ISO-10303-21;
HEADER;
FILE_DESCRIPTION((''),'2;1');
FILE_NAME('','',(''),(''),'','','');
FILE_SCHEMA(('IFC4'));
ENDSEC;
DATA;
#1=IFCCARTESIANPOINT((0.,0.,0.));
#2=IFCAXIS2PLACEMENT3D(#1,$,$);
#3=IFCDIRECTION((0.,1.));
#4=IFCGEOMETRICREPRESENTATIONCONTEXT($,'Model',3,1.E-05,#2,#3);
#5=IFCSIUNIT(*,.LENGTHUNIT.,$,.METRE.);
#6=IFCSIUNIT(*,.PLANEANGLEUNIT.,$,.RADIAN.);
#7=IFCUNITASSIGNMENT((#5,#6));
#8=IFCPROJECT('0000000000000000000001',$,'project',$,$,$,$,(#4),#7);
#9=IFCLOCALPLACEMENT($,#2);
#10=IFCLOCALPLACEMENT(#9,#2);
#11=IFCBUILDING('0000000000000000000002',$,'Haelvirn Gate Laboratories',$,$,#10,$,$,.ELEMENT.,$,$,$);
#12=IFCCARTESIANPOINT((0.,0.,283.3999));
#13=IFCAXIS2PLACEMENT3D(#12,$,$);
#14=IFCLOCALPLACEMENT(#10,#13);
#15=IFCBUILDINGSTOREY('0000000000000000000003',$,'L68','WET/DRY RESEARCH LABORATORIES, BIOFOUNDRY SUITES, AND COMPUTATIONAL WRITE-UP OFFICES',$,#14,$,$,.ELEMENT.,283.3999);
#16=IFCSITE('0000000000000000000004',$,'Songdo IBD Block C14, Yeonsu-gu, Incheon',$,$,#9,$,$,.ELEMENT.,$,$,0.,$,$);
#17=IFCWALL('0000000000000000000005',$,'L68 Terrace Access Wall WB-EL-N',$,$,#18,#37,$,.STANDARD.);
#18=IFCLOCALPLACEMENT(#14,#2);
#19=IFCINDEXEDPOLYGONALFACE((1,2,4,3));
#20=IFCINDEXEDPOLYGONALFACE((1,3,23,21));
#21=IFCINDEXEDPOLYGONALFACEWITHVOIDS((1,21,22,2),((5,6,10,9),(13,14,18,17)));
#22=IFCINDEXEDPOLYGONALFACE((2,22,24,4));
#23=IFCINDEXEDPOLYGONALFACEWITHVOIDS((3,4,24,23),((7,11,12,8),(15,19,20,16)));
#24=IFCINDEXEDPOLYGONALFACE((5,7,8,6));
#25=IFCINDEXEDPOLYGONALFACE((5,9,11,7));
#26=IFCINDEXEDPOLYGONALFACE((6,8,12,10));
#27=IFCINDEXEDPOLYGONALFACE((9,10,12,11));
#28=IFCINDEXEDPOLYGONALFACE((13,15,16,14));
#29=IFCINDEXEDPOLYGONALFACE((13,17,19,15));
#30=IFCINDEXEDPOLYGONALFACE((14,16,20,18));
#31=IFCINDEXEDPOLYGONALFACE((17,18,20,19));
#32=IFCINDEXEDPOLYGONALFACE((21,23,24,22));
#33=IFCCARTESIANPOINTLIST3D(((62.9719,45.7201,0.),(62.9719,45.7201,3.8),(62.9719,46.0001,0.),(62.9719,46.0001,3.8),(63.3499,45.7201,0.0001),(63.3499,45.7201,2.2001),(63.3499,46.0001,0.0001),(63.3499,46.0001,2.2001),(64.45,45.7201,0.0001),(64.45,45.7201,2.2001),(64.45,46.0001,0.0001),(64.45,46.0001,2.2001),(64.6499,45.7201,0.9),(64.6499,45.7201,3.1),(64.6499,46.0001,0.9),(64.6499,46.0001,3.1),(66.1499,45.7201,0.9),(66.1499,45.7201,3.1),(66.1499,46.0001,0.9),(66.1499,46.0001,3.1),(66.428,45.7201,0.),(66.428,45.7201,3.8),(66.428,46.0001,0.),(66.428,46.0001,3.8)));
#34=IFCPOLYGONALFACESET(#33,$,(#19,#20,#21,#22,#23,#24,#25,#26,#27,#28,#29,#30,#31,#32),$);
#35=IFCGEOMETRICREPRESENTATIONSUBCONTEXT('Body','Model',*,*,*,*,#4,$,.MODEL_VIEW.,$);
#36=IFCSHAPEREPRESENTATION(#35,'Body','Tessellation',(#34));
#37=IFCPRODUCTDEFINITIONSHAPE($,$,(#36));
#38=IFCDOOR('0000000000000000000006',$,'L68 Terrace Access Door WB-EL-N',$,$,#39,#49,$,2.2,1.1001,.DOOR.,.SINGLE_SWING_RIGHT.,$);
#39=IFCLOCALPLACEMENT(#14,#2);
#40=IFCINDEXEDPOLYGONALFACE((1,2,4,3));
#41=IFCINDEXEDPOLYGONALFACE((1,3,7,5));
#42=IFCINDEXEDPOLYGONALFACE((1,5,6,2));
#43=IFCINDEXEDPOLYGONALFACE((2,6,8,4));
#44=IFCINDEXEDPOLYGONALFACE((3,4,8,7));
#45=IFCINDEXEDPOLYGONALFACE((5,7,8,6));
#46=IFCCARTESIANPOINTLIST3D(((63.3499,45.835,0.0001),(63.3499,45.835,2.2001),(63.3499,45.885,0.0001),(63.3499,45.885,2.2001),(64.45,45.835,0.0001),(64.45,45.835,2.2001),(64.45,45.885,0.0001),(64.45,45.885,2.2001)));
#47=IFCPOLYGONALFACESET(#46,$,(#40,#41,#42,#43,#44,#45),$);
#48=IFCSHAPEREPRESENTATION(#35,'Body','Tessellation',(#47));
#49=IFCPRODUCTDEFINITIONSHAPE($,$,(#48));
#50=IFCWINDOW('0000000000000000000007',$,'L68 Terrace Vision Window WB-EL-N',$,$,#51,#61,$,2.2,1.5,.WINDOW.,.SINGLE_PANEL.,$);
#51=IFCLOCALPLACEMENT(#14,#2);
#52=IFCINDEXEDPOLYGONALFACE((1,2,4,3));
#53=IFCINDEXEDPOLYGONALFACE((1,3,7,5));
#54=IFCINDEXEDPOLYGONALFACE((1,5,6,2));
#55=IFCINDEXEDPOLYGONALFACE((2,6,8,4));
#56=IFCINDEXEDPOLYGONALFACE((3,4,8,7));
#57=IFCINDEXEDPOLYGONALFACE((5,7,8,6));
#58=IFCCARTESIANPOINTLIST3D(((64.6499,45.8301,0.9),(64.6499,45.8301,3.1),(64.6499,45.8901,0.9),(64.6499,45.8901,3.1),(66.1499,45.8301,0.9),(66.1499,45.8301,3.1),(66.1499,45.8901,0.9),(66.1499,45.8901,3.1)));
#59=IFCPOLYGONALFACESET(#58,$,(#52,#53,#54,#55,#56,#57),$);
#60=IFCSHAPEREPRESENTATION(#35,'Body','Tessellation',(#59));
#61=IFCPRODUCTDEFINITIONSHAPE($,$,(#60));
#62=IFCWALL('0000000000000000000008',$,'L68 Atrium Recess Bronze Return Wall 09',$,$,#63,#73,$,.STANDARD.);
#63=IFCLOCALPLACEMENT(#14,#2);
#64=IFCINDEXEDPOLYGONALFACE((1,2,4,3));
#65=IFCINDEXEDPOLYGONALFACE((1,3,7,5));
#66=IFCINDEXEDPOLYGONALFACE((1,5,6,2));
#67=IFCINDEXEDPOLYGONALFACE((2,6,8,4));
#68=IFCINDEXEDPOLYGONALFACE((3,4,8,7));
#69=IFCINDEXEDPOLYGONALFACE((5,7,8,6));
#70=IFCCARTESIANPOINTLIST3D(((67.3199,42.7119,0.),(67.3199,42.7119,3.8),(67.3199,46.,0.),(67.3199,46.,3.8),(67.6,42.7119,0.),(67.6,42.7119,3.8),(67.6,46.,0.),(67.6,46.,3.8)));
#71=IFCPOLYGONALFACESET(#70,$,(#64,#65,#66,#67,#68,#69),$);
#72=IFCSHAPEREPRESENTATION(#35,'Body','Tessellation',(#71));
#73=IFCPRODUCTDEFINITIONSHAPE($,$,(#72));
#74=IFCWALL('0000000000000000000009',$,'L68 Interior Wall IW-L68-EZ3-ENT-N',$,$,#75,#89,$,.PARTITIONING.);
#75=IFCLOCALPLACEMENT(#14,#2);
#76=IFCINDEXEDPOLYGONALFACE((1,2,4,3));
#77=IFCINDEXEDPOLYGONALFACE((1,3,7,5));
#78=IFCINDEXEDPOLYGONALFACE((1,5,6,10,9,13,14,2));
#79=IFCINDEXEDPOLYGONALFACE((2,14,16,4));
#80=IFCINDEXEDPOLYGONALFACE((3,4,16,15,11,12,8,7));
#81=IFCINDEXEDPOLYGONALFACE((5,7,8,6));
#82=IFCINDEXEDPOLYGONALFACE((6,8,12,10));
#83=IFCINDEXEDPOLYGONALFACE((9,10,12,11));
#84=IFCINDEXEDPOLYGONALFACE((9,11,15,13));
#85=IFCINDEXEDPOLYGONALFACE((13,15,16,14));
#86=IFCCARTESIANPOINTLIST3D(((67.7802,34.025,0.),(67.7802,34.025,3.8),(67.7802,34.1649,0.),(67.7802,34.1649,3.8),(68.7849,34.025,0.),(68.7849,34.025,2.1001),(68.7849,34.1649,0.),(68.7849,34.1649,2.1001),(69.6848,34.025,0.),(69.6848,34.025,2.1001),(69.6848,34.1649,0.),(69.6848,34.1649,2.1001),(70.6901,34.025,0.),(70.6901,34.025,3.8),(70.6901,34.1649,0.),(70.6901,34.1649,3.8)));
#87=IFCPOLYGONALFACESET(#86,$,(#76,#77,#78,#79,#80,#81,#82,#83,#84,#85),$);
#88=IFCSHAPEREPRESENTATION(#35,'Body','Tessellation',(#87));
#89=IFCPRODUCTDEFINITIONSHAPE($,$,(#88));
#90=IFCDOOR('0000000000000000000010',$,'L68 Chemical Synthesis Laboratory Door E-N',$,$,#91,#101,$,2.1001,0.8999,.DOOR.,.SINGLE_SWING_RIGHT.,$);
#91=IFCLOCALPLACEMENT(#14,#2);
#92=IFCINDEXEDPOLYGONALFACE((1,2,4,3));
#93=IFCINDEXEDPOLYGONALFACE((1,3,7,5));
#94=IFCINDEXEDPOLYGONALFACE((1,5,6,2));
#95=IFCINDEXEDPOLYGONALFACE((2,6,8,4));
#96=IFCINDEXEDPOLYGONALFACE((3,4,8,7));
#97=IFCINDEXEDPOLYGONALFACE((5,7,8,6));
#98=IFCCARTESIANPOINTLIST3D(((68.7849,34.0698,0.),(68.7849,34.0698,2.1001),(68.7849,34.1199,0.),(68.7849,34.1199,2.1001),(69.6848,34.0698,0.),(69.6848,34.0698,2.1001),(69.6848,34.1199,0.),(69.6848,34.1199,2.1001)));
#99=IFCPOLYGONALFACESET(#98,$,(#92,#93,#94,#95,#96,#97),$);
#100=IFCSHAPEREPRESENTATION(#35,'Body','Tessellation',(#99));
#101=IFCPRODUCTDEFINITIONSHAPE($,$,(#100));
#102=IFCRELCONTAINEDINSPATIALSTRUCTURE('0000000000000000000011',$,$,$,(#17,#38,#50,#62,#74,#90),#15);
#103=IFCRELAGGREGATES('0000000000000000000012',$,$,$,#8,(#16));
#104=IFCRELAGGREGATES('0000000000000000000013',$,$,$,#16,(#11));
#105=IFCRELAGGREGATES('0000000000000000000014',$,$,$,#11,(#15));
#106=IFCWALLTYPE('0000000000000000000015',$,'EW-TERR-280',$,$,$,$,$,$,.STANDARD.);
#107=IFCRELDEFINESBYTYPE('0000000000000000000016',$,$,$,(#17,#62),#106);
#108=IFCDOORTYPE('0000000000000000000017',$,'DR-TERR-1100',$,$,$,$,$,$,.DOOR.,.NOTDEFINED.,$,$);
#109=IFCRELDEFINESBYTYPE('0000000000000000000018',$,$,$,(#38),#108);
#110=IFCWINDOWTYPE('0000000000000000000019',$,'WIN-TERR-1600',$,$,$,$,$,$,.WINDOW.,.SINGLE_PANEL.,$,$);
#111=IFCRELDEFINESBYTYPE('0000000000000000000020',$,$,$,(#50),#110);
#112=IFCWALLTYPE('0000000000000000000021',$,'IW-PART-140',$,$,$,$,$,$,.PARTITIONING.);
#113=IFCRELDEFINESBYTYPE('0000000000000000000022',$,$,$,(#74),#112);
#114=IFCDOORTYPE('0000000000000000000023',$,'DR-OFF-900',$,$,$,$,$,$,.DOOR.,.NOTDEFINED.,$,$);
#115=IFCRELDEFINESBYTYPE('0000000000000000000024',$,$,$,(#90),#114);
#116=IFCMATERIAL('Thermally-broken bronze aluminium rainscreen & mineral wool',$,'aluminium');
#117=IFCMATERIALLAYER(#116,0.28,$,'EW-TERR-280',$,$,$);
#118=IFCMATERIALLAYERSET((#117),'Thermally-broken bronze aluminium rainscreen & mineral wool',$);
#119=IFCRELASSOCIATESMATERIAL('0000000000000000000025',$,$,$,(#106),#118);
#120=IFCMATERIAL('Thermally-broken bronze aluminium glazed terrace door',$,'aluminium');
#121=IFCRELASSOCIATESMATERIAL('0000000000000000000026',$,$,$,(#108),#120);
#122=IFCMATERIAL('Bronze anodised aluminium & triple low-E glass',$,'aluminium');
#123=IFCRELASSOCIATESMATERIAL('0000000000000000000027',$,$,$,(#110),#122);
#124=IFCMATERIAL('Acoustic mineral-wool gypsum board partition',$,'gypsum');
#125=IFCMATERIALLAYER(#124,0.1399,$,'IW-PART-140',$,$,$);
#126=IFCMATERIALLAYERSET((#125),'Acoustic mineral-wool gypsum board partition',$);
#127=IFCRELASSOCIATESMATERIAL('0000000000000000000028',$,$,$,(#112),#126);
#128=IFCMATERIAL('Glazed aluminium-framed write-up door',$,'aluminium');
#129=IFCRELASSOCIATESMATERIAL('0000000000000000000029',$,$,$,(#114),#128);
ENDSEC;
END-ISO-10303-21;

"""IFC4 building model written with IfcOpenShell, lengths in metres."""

from ifc_helpers import new_model, si_unit, direction, frame, frame_2d, origin, place, context, subcontext, project, spatial, rectangle, extrude, source, transform, mapped, material, layer, layer_set, type_object, type_shapes, element, fill, save


model = new_model("IFC4")

# Units and contexts
model_context = context("Model", 3, precision=1e-05, world=origin(), true_north=direction((0.0, 1.0)))
body_context = subcontext(model_context, "Body", "Model", "MODEL_VIEW")
ifc_project = project(units=[si_unit("LENGTHUNIT", "METRE"), si_unit("PLANEANGLEUNIT", "RADIAN")], contexts=[model_context])

# Site, building, storey
site_placement = place(None, origin())
site = spatial("IfcSite", under=ifc_project, at=site_placement, Name="Songdo IBD Block C14, Yeonsu-gu, Incheon", CompositionType="ELEMENT", RefElevation=0.0)
building_placement = place(site_placement, origin())
building = spatial("IfcBuilding", under=site, at=building_placement, Name="Haelvirn Gate Laboratories", CompositionType="ELEMENT")
storey_placement = place(building_placement, frame((0.0, 0.0, 283.3999)))
storey = spatial("IfcBuildingStorey", under=building, at=storey_placement, Name="L68", Description="WET/DRY RESEARCH LABORATORIES, BIOFOUNDRY SUITES, AND COMPUTATIONAL WRITE-UP OFFICES", CompositionType="ELEMENT", Elevation=283.3999)

# Wall, openings, door, window
ifc_material_1 = material(Name="Thermally-broken bronze aluminium rainscreen & mineral wool", Category="aluminium")
ifc_layer_1 = layer(ifc_material_1, 0.28, Name="EW-TERR-280")
ifc_layer_set_1 = layer_set([ifc_layer_1], Name="Thermally-broken bronze aluminium rainscreen & mineral wool")
wall_type_1 = type_object("IfcWallType", Name="EW-TERR-280", PredefinedType="STANDARD", material=ifc_layer_set_1)
wall_1_placement = place(storey_placement, frame((62.9719, 45.8601, 0.0), z_axis=(0.0, 0.0, 1.0), x_axis=(1.0, 0.0, 0.0)))
wall_1 = element("IfcWall", 1, at=wall_1_placement, inside=storey, type_object=wall_type_1, Name="L68 Terrace Access Wall WB-EL-N", PredefinedType="STANDARD", context=body_context, shape_type="SweptSolid", body=[
    extrude(rectangle(XDim=3.4561, YDim=0.28, at=frame_2d((1.728, 0.0))), origin(), (0.0, 0.0, 1.0), 3.8),
])
opening_1_placement = place(wall_1_placement, frame((0.3779, 0.0, 0.0)))
opening_1 = element("IfcOpeningElement", 2, at=opening_1_placement, cuts=wall_1, PredefinedType="OPENING", context=body_context, shape_type="SweptSolid", body=[
    extrude(rectangle(XDim=1.1001, YDim=2.2, at=frame_2d((0.55, 1.1001))), frame((0.0, 0.1499, 0.0), z_axis=(0.0, -1.0, 0.0), x_axis=(1.0, 0.0, 0.0)), (0.0, 0.0, 1.0), 0.3),
])
opening_2_placement = place(wall_1_placement, frame((1.678, 0.0, 0.8999)))
opening_2 = element("IfcOpeningElement", 3, at=opening_2_placement, cuts=wall_1, PredefinedType="OPENING", context=body_context, shape_type="SweptSolid", body=[
    extrude(rectangle(XDim=1.5, YDim=2.2, at=frame_2d((0.75, 1.1001))), frame((0.0, 0.1499, 0.0), z_axis=(0.0, -1.0, 0.0), x_axis=(1.0, 0.0, 0.0)), (0.0, 0.0, 1.0), 0.3),
])
ifc_material_2 = material(Name="Thermally-broken bronze aluminium glazed terrace door", Category="aluminium")
door_type_1 = type_object("IfcDoorType", Name="DR-TERR-1100", OperationType="NOTDEFINED", PredefinedType="DOOR", material=ifc_material_2)
shared_shape_1 = source(origin(), body_context, "Body", "SweptSolid", [
    extrude(rectangle(XDim=1.1001, YDim=2.2, at=frame_2d((0.55, 1.1001))), frame((0.0, 0.0249, 0.0), z_axis=(0.0, -1.0, 0.0), x_axis=(1.0, 0.0, 0.0)), (0.0, 0.0, 1.0), 0.05),
])
type_shapes(door_type_1, [shared_shape_1])
door_1_placement = place(opening_1_placement, origin())
door_1 = element("IfcDoor", 4, at=door_1_placement, inside=storey, type_object=door_type_1, Name="L68 Terrace Access Door WB-EL-N", OperationType="SINGLE_SWING_RIGHT", OverallHeight=2.2, OverallWidth=1.1001, PredefinedType="DOOR", context=body_context, shape_type="MappedRepresentation", body=[
    mapped(shared_shape_1, transform((0.0, 0.0, 0.0), scale=1.0)),
])
fill(opening_1, door_1)
ifc_material_3 = material(Name="Bronze anodised aluminium & triple low-E glass", Category="aluminium")
window_type = type_object("IfcWindowType", Name="WIN-TERR-1600", PartitioningType="SINGLE_PANEL", PredefinedType="WINDOW", material=ifc_material_3)
shared_shape_2 = source(origin(), body_context, "Body", "SweptSolid", [
    extrude(rectangle(XDim=1.5, YDim=2.2, at=frame_2d((0.75, 1.1001))), frame((0.0, 0.03, 0.0), z_axis=(0.0, -1.0, 0.0), x_axis=(1.0, 0.0, 0.0)), (0.0, 0.0, 1.0), 0.0601),
])
type_shapes(window_type, [shared_shape_2])
window_placement = place(opening_2_placement, origin())
window = element("IfcWindow", 5, at=window_placement, inside=storey, type_object=window_type, Name="L68 Terrace Vision Window WB-EL-N", OverallHeight=2.2, OverallWidth=1.5, PartitioningType="SINGLE_PANEL", PredefinedType="WINDOW", context=body_context, shape_type="MappedRepresentation", body=[
    mapped(shared_shape_2, transform((0.0, 0.0, 0.0), scale=1.0)),
])
fill(opening_2, window)

# Wall
wall_2_placement = place(storey_placement, frame((67.46, 42.7119, 0.0), z_axis=(0.0, 0.0, 1.0), x_axis=(0.0, 1.0, 0.0)))
element("IfcWall", 6, at=wall_2_placement, inside=storey, type_object=wall_type_1, Name="L68 Atrium Recess Bronze Return Wall 09", PredefinedType="STANDARD", context=body_context, shape_type="SweptSolid", body=[
    extrude(rectangle(XDim=3.2881, YDim=0.28, at=frame_2d((1.644, 0.0))), origin(), (0.0, 0.0, 1.0), 3.8),
])

# Wall, opening, door
ifc_material_4 = material(Name="Acoustic mineral-wool gypsum board partition", Category="gypsum")
ifc_layer_2 = layer(ifc_material_4, 0.1399, Name="IW-PART-140")
ifc_layer_set_2 = layer_set([ifc_layer_2], Name="Acoustic mineral-wool gypsum board partition")
wall_type_2 = type_object("IfcWallType", Name="IW-PART-140", PredefinedType="PARTITIONING", material=ifc_layer_set_2)
wall_3_placement = place(storey_placement, frame((67.78, 34.095, 0.0), z_axis=(0.0, 0.0, 1.0), x_axis=(1.0, 0.0, 0.0)))
wall_3 = element("IfcWall", 7, at=wall_3_placement, inside=storey, type_object=wall_type_2, Name="L68 Interior Wall IW-L68-EZ3-ENT-N", PredefinedType="PARTITIONING", context=body_context, shape_type="SweptSolid", body=[
    extrude(rectangle(XDim=2.9099, YDim=0.1399, at=frame_2d((1.4551, 0.0))), origin(), (0.0, 0.0, 1.0), 3.8),
])
opening_3_placement = place(wall_3_placement, frame((1.0049, 0.0, 0.0)))
opening_3 = element("IfcOpeningElement", 8, at=opening_3_placement, cuts=wall_3, PredefinedType="OPENING", context=body_context, shape_type="SweptSolid", body=[
    extrude(rectangle(XDim=0.8999, YDim=2.1001, at=frame_2d((0.45, 1.05))), frame((0.0, 0.0801, 0.0), z_axis=(0.0, -1.0, 0.0), x_axis=(1.0, 0.0, 0.0)), (0.0, 0.0, 1.0), 0.1599),
])
ifc_material_5 = material(Name="Glazed aluminium-framed write-up door", Category="aluminium")
door_type_2 = type_object("IfcDoorType", Name="DR-OFF-900", OperationType="NOTDEFINED", PredefinedType="DOOR", material=ifc_material_5)
shared_shape_3 = source(origin(), body_context, "Body", "SweptSolid", [
    extrude(rectangle(XDim=0.8999, YDim=2.1001, at=frame_2d((0.45, 1.05))), frame((0.0, 0.0249, 0.0), z_axis=(0.0, -1.0, 0.0), x_axis=(1.0, 0.0, 0.0)), (0.0, 0.0, 1.0), 0.05),
])
type_shapes(door_type_2, [shared_shape_3])
door_2_placement = place(opening_3_placement, origin())
door_2 = element("IfcDoor", 9, at=door_2_placement, inside=storey, type_object=door_type_2, Name="L68 Chemical Synthesis Laboratory Door E-N", OperationType="SINGLE_SWING_RIGHT", OverallHeight=2.1001, OverallWidth=0.8999, PredefinedType="DOOR", context=body_context, shape_type="MappedRepresentation", body=[
    mapped(shared_shape_3, transform((0.0, 0.0, 0.0), scale=1.0)),
])
fill(opening_3, door_2)

save(model, "model.ifc")
